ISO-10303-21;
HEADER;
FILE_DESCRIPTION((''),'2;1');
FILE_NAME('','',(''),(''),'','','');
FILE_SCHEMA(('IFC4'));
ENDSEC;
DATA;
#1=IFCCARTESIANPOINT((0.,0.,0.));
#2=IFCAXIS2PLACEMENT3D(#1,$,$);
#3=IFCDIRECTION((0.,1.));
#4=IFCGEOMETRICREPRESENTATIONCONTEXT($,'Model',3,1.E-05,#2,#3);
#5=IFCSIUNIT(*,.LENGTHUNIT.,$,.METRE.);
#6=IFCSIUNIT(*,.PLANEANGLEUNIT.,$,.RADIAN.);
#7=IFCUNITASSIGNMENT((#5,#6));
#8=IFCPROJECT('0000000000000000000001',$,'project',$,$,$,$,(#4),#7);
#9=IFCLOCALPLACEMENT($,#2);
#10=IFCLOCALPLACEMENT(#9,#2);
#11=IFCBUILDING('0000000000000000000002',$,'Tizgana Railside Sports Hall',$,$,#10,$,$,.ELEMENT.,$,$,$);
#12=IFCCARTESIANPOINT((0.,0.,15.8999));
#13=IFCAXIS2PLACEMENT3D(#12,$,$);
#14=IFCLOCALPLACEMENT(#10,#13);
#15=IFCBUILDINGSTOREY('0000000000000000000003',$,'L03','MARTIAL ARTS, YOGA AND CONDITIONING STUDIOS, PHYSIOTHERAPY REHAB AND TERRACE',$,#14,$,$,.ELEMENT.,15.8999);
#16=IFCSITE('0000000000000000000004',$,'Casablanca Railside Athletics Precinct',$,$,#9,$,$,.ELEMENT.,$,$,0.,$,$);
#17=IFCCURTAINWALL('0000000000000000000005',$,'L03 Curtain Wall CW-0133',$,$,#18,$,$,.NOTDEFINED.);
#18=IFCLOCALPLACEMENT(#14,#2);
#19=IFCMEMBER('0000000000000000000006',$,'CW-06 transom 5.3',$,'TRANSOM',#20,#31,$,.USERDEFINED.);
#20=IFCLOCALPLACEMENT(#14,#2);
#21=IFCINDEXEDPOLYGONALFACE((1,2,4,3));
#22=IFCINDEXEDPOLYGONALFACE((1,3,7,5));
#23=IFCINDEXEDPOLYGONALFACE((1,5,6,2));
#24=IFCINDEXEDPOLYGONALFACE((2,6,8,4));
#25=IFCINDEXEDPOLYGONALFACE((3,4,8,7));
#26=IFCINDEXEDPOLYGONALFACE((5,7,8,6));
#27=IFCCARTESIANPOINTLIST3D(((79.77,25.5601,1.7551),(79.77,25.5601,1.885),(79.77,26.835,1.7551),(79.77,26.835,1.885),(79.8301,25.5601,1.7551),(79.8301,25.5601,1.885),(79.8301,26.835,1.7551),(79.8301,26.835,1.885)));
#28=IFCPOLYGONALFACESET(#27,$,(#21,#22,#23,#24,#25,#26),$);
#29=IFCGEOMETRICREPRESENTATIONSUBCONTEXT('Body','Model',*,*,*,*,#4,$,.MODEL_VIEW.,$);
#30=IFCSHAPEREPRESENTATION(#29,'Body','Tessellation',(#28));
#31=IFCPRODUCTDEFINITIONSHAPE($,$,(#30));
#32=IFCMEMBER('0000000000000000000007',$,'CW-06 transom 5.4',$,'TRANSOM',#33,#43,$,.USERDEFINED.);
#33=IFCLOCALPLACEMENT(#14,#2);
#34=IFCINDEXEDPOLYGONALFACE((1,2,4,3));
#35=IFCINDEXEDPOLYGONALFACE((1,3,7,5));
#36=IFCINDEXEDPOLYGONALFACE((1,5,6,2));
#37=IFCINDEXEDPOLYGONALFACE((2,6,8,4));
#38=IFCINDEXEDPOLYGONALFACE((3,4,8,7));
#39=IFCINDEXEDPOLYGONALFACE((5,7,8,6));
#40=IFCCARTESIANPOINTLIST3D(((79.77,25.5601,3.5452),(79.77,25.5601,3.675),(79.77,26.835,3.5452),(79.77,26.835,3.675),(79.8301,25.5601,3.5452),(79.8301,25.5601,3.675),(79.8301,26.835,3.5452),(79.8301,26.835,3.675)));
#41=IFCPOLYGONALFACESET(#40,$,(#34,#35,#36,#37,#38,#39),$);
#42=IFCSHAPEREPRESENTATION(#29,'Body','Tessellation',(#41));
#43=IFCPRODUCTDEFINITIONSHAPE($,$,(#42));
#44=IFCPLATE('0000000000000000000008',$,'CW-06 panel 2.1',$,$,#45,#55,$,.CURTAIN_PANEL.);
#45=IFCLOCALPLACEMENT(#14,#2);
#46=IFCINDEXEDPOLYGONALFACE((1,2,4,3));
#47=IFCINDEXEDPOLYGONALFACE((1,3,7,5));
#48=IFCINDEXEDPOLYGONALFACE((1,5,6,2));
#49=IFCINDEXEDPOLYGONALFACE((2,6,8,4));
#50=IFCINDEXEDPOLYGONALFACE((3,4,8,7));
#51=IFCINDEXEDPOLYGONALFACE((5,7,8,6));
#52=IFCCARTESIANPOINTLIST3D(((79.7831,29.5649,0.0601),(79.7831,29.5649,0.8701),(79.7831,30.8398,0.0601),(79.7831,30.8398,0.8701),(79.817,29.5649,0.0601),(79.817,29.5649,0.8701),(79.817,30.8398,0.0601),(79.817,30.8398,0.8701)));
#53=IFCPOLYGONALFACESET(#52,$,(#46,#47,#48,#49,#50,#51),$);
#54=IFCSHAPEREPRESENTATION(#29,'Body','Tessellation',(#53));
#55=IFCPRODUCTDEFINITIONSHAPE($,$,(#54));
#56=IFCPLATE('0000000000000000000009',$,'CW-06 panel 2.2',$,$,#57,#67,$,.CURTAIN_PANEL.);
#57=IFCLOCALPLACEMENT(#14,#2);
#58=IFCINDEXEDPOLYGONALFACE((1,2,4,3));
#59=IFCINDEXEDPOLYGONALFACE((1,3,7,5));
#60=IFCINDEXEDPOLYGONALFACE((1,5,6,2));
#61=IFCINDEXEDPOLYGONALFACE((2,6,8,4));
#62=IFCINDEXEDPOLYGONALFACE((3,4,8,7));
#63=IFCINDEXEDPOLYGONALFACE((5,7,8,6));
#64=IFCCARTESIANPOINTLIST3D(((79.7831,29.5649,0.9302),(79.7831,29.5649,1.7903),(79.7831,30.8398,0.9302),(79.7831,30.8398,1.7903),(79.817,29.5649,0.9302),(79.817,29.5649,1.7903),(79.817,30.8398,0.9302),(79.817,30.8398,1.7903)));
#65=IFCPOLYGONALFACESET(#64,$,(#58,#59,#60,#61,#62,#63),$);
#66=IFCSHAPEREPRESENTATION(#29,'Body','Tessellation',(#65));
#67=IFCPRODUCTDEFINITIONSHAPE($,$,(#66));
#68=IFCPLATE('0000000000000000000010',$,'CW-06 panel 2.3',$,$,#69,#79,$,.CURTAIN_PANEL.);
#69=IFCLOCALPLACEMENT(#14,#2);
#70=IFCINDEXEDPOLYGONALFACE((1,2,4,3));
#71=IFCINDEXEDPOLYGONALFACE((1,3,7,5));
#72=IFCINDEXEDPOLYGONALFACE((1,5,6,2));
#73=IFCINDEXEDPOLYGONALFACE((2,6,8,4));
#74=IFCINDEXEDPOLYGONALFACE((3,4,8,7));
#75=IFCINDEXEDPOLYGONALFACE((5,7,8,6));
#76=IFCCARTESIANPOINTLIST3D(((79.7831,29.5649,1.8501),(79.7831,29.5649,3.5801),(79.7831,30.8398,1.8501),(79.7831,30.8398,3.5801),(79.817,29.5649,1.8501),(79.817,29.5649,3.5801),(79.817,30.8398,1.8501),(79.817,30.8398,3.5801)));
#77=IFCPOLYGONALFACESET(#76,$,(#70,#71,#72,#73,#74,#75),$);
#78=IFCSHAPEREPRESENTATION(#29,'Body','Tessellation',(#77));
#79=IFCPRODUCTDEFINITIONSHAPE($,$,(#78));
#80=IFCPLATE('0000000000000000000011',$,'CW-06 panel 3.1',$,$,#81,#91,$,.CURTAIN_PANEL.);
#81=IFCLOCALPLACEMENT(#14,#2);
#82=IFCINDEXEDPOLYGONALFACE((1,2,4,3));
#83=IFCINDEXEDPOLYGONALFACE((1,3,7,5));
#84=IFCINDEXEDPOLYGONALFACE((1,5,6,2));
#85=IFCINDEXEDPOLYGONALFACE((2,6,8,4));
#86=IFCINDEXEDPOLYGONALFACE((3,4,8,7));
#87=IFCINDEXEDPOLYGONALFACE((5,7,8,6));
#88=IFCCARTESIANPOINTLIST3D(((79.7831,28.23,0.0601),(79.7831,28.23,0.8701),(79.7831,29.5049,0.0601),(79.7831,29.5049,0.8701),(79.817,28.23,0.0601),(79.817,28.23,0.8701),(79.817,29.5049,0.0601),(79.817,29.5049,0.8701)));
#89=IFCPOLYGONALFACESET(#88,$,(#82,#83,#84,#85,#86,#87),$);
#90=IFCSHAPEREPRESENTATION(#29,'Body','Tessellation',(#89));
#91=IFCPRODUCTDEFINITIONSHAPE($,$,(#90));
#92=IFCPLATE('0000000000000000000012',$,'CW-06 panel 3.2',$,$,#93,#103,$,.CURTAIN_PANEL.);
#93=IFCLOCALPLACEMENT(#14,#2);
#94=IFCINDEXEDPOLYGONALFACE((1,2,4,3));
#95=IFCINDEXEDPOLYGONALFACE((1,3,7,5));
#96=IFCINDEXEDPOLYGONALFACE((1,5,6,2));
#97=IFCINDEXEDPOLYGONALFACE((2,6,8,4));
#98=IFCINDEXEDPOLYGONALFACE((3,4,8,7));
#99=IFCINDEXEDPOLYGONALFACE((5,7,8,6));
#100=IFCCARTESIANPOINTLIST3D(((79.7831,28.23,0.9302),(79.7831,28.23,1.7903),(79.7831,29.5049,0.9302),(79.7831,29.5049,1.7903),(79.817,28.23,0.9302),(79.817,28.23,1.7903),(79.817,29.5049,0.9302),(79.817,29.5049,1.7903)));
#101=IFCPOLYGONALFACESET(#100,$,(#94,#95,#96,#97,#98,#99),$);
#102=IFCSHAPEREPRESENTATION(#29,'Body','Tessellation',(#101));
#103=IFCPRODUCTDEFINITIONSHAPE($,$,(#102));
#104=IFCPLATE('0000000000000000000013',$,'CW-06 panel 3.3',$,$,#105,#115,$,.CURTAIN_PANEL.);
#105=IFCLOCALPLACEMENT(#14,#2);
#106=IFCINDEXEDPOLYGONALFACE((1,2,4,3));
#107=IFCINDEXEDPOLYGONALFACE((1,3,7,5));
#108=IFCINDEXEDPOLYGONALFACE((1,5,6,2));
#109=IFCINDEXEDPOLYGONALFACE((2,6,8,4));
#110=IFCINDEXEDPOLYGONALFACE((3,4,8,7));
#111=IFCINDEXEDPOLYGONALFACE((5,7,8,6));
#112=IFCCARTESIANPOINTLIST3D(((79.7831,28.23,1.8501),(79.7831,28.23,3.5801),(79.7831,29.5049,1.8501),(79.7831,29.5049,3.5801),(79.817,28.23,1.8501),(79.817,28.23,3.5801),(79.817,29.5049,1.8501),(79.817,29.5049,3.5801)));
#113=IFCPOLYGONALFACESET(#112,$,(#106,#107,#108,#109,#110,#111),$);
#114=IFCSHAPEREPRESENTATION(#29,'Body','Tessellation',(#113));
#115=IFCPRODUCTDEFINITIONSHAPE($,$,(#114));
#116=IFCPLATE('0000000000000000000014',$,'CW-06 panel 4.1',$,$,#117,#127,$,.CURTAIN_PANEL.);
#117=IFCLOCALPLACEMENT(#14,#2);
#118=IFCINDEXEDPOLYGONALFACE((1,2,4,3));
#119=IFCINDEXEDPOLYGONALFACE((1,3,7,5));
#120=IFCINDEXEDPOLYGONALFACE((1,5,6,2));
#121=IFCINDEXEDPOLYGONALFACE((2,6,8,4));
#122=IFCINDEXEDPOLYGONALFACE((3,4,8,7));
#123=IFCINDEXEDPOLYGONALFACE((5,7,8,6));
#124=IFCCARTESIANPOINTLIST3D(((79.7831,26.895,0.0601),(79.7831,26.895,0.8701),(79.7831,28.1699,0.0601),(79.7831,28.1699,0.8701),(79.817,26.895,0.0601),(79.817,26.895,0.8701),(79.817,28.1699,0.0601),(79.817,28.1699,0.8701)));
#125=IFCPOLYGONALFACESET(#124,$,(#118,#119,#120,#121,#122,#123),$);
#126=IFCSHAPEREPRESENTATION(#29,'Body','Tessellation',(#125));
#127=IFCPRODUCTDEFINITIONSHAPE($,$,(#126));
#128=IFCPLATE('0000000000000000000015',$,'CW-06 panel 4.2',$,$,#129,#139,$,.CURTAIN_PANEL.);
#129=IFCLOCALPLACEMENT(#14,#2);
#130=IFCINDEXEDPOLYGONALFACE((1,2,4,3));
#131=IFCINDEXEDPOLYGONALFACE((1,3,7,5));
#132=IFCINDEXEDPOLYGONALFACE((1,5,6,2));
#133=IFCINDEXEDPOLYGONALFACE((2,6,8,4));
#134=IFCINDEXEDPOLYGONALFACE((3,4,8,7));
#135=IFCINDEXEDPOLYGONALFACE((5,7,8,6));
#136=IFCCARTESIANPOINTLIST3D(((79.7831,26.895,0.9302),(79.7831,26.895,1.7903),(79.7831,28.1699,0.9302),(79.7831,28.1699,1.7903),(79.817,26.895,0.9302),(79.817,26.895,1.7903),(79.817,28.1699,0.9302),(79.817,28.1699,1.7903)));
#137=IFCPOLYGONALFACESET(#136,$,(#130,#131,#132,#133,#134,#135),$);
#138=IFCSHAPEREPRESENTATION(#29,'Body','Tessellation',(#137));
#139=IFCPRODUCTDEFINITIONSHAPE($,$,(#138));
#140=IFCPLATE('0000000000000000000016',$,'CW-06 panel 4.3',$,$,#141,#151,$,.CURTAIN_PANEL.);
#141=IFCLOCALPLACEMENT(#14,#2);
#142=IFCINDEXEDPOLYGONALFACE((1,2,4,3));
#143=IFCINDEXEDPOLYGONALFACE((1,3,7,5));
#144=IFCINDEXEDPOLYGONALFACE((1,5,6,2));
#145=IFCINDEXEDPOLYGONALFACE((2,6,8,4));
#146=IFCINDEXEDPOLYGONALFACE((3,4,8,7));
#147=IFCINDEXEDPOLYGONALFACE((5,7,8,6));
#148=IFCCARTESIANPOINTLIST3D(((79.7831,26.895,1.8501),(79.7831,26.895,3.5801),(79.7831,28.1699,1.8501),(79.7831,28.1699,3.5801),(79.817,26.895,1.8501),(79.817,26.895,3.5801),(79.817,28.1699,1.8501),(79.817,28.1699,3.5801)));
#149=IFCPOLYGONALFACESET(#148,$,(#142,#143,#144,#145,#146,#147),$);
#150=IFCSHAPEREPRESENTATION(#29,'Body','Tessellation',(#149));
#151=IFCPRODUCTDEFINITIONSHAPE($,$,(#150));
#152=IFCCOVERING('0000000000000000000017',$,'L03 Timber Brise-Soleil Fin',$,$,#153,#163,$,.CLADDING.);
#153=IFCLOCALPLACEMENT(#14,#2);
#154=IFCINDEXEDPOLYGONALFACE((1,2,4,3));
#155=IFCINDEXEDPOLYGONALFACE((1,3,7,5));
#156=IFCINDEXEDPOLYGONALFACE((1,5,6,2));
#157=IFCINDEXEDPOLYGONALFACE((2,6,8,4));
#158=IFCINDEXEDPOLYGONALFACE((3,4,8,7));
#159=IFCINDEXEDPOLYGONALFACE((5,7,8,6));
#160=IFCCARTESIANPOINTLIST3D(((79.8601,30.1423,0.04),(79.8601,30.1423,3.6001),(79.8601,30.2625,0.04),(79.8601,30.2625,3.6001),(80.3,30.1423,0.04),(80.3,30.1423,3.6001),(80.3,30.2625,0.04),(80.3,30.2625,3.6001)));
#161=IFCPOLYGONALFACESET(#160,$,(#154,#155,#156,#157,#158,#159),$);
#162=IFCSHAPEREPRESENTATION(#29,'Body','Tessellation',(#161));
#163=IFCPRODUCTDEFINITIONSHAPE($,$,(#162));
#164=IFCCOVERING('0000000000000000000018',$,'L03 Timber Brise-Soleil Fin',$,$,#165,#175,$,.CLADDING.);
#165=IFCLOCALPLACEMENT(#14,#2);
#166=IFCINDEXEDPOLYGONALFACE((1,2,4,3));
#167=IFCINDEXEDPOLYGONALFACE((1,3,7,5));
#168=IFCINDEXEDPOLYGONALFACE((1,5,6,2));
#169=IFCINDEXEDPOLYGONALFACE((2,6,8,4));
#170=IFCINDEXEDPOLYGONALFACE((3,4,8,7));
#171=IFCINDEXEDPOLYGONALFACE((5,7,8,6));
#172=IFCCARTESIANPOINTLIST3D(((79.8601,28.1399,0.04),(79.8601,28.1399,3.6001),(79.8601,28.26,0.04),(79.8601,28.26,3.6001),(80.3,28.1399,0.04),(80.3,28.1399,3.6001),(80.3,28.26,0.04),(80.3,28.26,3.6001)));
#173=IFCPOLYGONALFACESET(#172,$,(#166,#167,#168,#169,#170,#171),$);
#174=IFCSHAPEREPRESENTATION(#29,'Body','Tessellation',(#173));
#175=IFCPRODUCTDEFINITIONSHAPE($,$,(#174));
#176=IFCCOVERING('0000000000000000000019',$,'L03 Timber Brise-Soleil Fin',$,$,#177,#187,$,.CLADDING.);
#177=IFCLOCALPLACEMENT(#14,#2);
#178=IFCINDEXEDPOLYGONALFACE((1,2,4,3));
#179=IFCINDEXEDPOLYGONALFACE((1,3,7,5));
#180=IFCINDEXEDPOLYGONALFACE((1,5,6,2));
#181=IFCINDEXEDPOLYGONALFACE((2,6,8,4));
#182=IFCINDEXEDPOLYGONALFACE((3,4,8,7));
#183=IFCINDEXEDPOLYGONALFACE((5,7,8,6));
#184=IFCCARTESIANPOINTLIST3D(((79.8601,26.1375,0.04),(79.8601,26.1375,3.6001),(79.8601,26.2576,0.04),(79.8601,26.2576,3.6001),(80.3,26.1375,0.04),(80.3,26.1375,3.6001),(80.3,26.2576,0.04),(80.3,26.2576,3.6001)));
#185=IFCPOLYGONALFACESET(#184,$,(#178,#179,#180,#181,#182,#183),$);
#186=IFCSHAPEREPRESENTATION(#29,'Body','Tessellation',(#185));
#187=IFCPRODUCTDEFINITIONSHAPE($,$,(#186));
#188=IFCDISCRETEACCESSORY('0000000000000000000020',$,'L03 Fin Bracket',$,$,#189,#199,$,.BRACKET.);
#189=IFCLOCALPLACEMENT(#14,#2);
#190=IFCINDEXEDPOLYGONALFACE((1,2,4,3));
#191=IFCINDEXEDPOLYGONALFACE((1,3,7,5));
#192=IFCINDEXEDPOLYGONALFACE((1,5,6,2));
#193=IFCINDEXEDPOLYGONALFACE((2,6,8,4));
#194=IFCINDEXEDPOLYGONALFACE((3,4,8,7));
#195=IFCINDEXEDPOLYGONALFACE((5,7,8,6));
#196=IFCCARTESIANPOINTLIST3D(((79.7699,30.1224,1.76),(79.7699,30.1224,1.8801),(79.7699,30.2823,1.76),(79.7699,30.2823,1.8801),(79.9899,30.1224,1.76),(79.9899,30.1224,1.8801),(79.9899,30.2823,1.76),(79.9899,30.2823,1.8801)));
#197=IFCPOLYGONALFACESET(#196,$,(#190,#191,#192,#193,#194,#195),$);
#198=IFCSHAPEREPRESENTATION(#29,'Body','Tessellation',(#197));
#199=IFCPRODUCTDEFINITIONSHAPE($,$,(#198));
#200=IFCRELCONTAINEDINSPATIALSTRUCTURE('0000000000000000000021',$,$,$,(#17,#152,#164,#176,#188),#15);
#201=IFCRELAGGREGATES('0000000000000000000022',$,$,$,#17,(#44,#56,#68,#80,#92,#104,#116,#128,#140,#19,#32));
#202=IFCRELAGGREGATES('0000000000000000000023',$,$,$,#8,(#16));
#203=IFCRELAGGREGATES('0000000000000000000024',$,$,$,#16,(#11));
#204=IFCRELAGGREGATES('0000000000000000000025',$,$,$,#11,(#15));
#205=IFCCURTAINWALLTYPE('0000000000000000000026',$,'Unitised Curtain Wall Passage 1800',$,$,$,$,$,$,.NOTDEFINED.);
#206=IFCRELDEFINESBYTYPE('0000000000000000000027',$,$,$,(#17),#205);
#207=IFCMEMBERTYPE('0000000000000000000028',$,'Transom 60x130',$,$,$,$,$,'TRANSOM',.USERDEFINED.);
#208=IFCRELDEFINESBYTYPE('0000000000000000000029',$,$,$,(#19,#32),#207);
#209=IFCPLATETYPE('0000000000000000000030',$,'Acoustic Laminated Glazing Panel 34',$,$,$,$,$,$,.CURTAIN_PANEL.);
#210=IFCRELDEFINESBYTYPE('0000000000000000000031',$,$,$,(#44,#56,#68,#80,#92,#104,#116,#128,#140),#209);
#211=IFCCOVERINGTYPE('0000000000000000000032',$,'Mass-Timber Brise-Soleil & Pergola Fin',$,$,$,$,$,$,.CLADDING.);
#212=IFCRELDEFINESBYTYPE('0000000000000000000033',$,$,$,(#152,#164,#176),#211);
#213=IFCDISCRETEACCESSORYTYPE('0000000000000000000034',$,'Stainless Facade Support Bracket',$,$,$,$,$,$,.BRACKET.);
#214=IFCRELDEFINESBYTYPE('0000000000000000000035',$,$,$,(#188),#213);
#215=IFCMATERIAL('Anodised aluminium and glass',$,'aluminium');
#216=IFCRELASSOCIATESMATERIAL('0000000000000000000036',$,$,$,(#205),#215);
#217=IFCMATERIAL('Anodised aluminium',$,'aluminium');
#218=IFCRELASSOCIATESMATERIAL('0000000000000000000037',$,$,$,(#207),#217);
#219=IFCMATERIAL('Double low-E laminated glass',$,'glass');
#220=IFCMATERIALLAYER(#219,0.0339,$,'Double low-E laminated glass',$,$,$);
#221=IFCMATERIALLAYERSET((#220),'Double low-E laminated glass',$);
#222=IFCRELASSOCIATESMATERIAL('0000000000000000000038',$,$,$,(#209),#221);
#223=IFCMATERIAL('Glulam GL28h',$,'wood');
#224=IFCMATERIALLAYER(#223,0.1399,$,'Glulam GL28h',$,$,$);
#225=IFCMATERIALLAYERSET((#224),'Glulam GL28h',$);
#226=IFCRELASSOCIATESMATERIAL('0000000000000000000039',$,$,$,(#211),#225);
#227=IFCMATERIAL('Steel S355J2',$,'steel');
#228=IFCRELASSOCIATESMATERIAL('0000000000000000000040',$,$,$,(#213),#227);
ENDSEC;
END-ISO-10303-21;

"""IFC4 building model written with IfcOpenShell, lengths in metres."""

from ifc_helpers import new_model, si_unit, direction, frame, origin, origin_2d, place, context, subcontext, project, spatial, rectangle, extrude, material, layer, layer_set, material_profile, profile_set, type_object, element, aggregate, save


model = new_model("IFC4")

# Units and contexts
model_context = context("Model", 3, precision=1e-05, world=origin(), true_north=direction((0.0, 1.0)))
body_context = subcontext(model_context, "Body", "Model", "MODEL_VIEW")
ifc_project = project(units=[si_unit("LENGTHUNIT", "METRE"), si_unit("PLANEANGLEUNIT", "RADIAN")], contexts=[model_context])

# Site, building, storey
site_placement = place(None, origin())
site = spatial("IfcSite", under=ifc_project, at=site_placement, Name="Casablanca Railside Athletics Precinct", CompositionType="ELEMENT", RefElevation=0.0)
building_placement = place(site_placement, origin())
building = spatial("IfcBuilding", under=site, at=building_placement, Name="Tizgana Railside Sports Hall", CompositionType="ELEMENT")
storey_placement = place(building_placement, frame((0.0, 0.0, 15.8999)))
storey = spatial("IfcBuildingStorey", under=building, at=storey_placement, Name="L03", Description="MARTIAL ARTS, YOGA AND CONDITIONING STUDIOS, PHYSIOTHERAPY REHAB AND TERRACE", CompositionType="ELEMENT", Elevation=15.8999)

# Curtain wall, members, plates
ifc_material_1 = material(Name="Anodised aluminium and glass", Category="aluminium")
curtain_wall_type = type_object("IfcCurtainWallType", Name="Unitised Curtain Wall Passage 1800", PredefinedType="NOTDEFINED", material=ifc_material_1)
curtain_wall_placement = place(storey_placement, origin())
curtain_wall = element("IfcCurtainWall", 1, at=curtain_wall_placement, inside=storey, type_object=curtain_wall_type, Name="L03 Curtain Wall CW-0133", PredefinedType="NOTDEFINED")
ifc_material_2 = material(Name="Anodised aluminium", Category="aluminium")
ifc_material_profile_1 = material_profile(ifc_material_2, rectangle(XDim=0.0601, YDim=0.1299, at=origin_2d()), Name="Transom 60x130")
ifc_profile_set_1 = profile_set([ifc_material_profile_1], Name="Anodised aluminium")
member_type_1 = type_object("IfcMemberType", Name="Transom 60x130", ElementType="TRANSOM", PredefinedType="USERDEFINED", material=ifc_profile_set_1)
member_1_placement = place(storey_placement, frame((79.8, 26.835, 1.8201), z_axis=(0.0, -1.0, 0.0), x_axis=(1.0, 0.0, 0.0)))
member_1 = element("IfcMember", 2, at=member_1_placement, type_object=member_type_1, Name="CW-06 transom 5.3", ObjectType="TRANSOM", PredefinedType="USERDEFINED", context=body_context, shape_type="SweptSolid", body=[
    extrude(rectangle(XDim=0.0601, YDim=0.1299, at=origin_2d()), origin(), (0.0, 0.0, 1.0), 1.2749),
])
member_2_placement = place(storey_placement, frame((79.8, 26.835, 3.6101), z_axis=(0.0, -1.0, 0.0), x_axis=(1.0, 0.0, 0.0)))
member_2 = element("IfcMember", 3, at=member_2_placement, type_object=member_type_1, Name="CW-06 transom 5.4", ObjectType="TRANSOM", PredefinedType="USERDEFINED", context=body_context, shape_type="SweptSolid", body=[
    extrude(rectangle(XDim=0.0601, YDim=0.1299, at=origin_2d()), origin(), (0.0, 0.0, 1.0), 1.2749),
])
ifc_material_3 = material(Name="Double low-E laminated glass", Category="glass")
ifc_layer_1 = layer(ifc_material_3, 0.0339, Name="Double low-E laminated glass")
ifc_layer_set_1 = layer_set([ifc_layer_1], Name="Double low-E laminated glass")
plate_type = type_object("IfcPlateType", Name="Acoustic Laminated Glazing Panel 34", PredefinedType="CURTAIN_PANEL", material=ifc_layer_set_1)
plate_1_placement = place(storey_placement, frame((79.8, 30.2024, 0.0601), z_axis=(0.0, 0.0, 1.0), x_axis=(0.0, -1.0, 0.0)))
plate_1 = element("IfcPlate", 4, at=plate_1_placement, type_object=plate_type, Name="CW-06 panel 2.1", PredefinedType="CURTAIN_PANEL", context=body_context, shape_type="SweptSolid", body=[
    extrude(rectangle(XDim=1.2749, YDim=0.0339, at=origin_2d()), origin(), (0.0, 0.0, 1.0), 0.8101),
])
plate_2_placement = place(storey_placement, frame((79.8, 30.2024, 0.9302), z_axis=(0.0, 0.0, 1.0), x_axis=(0.0, -1.0, 0.0)))
plate_2 = element("IfcPlate", 5, at=plate_2_placement, type_object=plate_type, Name="CW-06 panel 2.2", PredefinedType="CURTAIN_PANEL", context=body_context, shape_type="SweptSolid", body=[
    extrude(rectangle(XDim=1.2749, YDim=0.0339, at=origin_2d()), origin(), (0.0, 0.0, 1.0), 0.8601),
])
plate_3_placement = place(storey_placement, frame((79.8, 30.2024, 1.8501), z_axis=(0.0, 0.0, 1.0), x_axis=(0.0, -1.0, 0.0)))
plate_3 = element("IfcPlate", 6, at=plate_3_placement, type_object=plate_type, Name="CW-06 panel 2.3", PredefinedType="CURTAIN_PANEL", context=body_context, shape_type="SweptSolid", body=[
    extrude(rectangle(XDim=1.2749, YDim=0.0339, at=origin_2d()), origin(), (0.0, 0.0, 1.0), 1.73),
])
plate_4_placement = place(storey_placement, frame((79.8, 28.8674, 0.0601), z_axis=(0.0, 0.0, 1.0), x_axis=(0.0, -1.0, 0.0)))
plate_4 = element("IfcPlate", 7, at=plate_4_placement, type_object=plate_type, Name="CW-06 panel 3.1", PredefinedType="CURTAIN_PANEL", context=body_context, shape_type="SweptSolid", body=[
    extrude(rectangle(XDim=1.2749, YDim=0.0339, at=origin_2d()), origin(), (0.0, 0.0, 1.0), 0.8101),
])
plate_5_placement = place(storey_placement, frame((79.8, 28.8674, 0.9302), z_axis=(0.0, 0.0, 1.0), x_axis=(0.0, -1.0, 0.0)))
plate_5 = element("IfcPlate", 8, at=plate_5_placement, type_object=plate_type, Name="CW-06 panel 3.2", PredefinedType="CURTAIN_PANEL", context=body_context, shape_type="SweptSolid", body=[
    extrude(rectangle(XDim=1.2749, YDim=0.0339, at=origin_2d()), origin(), (0.0, 0.0, 1.0), 0.8601),
])
plate_6_placement = place(storey_placement, frame((79.8, 28.8674, 1.8501), z_axis=(0.0, 0.0, 1.0), x_axis=(0.0, -1.0, 0.0)))
plate_6 = element("IfcPlate", 9, at=plate_6_placement, type_object=plate_type, Name="CW-06 panel 3.3", PredefinedType="CURTAIN_PANEL", context=body_context, shape_type="SweptSolid", body=[
    extrude(rectangle(XDim=1.2749, YDim=0.0339, at=origin_2d()), origin(), (0.0, 0.0, 1.0), 1.73),
])
plate_7_placement = place(storey_placement, frame((79.8, 27.5325, 0.0601), z_axis=(0.0, 0.0, 1.0), x_axis=(0.0, -1.0, 0.0)))
plate_7 = element("IfcPlate", 10, at=plate_7_placement, type_object=plate_type, Name="CW-06 panel 4.1", PredefinedType="CURTAIN_PANEL", context=body_context, shape_type="SweptSolid", body=[
    extrude(rectangle(XDim=1.2749, YDim=0.0339, at=origin_2d()), origin(), (0.0, 0.0, 1.0), 0.8101),
])
plate_8_placement = place(storey_placement, frame((79.8, 27.5325, 0.9302), z_axis=(0.0, 0.0, 1.0), x_axis=(0.0, -1.0, 0.0)))
plate_8 = element("IfcPlate", 11, at=plate_8_placement, type_object=plate_type, Name="CW-06 panel 4.2", PredefinedType="CURTAIN_PANEL", context=body_context, shape_type="SweptSolid", body=[
    extrude(rectangle(XDim=1.2749, YDim=0.0339, at=origin_2d()), origin(), (0.0, 0.0, 1.0), 0.8601),
])
plate_9_placement = place(storey_placement, frame((79.8, 27.5325, 1.8501), z_axis=(0.0, 0.0, 1.0), x_axis=(0.0, -1.0, 0.0)))
plate_9 = element("IfcPlate", 12, at=plate_9_placement, type_object=plate_type, Name="CW-06 panel 4.3", PredefinedType="CURTAIN_PANEL", context=body_context, shape_type="SweptSolid", body=[
    extrude(rectangle(XDim=1.2749, YDim=0.0339, at=origin_2d()), origin(), (0.0, 0.0, 1.0), 1.73),
])
aggregate(curtain_wall, [plate_1, plate_2, plate_3, plate_4, plate_5, plate_6, plate_7, plate_8, plate_9, member_1, member_2])

# Coverings
ifc_material_4 = material(Name="Glulam GL28h", Category="wood")
ifc_layer_2 = layer(ifc_material_4, 0.1399, Name="Glulam GL28h")
ifc_layer_set_2 = layer_set([ifc_layer_2], Name="Glulam GL28h")
covering_type = type_object("IfcCoveringType", Name="Mass-Timber Brise-Soleil & Pergola Fin", PredefinedType="CLADDING", material=ifc_layer_set_2)
for number, where, z_axis, x_axis, name in (
    (13, (80.0801, 30.2024, 0.04), (0.0, 0.0, 1.0), (0.0, -1.0, 0.0), "L03 Timber Brise-Soleil Fin"),
    (14, (80.0801, 28.2, 0.04), (0.0, 0.0, 1.0), (0.0, -1.0, 0.0), "L03 Timber Brise-Soleil Fin"),
    (15, (80.0801, 26.1975, 0.04), (0.0, 0.0, 1.0), (0.0, -1.0, 0.0), "L03 Timber Brise-Soleil Fin"),
):
    element("IfcCovering", number, at=place(storey_placement, frame(where, z_axis=z_axis, x_axis=x_axis)), inside=storey, type_object=covering_type, Name=name, PredefinedType="CLADDING", context=body_context, shape_type="SweptSolid", body=[
        extrude(rectangle(XDim=0.1201, YDim=0.4399, at=origin_2d()), origin(), (0.0, 0.0, 1.0), 3.5601),
    ])

# Discrete accessory
ifc_material_5 = material(Name="Steel S355J2", Category="steel")
discrete_accessory_type = type_object("IfcDiscreteAccessoryType", Name="Stainless Facade Support Bracket", PredefinedType="BRACKET", material=ifc_material_5)
for number, where, z_axis, x_axis, name in (
    (16, (79.8799, 30.2024, 1.76), (0.0, 0.0, 1.0), (0.0, -1.0, 0.0), "L03 Fin Bracket"),
):
    element("IfcDiscreteAccessory", number, at=place(storey_placement, frame(where, z_axis=z_axis, x_axis=x_axis)), inside=storey, type_object=discrete_accessory_type, Name=name, PredefinedType="BRACKET", context=body_context, shape_type="SweptSolid", body=[
        extrude(rectangle(XDim=0.1599, YDim=0.22, at=origin_2d()), origin(), (0.0, 0.0, 1.0), 0.1201),
    ])

save(model, "model.ifc")
